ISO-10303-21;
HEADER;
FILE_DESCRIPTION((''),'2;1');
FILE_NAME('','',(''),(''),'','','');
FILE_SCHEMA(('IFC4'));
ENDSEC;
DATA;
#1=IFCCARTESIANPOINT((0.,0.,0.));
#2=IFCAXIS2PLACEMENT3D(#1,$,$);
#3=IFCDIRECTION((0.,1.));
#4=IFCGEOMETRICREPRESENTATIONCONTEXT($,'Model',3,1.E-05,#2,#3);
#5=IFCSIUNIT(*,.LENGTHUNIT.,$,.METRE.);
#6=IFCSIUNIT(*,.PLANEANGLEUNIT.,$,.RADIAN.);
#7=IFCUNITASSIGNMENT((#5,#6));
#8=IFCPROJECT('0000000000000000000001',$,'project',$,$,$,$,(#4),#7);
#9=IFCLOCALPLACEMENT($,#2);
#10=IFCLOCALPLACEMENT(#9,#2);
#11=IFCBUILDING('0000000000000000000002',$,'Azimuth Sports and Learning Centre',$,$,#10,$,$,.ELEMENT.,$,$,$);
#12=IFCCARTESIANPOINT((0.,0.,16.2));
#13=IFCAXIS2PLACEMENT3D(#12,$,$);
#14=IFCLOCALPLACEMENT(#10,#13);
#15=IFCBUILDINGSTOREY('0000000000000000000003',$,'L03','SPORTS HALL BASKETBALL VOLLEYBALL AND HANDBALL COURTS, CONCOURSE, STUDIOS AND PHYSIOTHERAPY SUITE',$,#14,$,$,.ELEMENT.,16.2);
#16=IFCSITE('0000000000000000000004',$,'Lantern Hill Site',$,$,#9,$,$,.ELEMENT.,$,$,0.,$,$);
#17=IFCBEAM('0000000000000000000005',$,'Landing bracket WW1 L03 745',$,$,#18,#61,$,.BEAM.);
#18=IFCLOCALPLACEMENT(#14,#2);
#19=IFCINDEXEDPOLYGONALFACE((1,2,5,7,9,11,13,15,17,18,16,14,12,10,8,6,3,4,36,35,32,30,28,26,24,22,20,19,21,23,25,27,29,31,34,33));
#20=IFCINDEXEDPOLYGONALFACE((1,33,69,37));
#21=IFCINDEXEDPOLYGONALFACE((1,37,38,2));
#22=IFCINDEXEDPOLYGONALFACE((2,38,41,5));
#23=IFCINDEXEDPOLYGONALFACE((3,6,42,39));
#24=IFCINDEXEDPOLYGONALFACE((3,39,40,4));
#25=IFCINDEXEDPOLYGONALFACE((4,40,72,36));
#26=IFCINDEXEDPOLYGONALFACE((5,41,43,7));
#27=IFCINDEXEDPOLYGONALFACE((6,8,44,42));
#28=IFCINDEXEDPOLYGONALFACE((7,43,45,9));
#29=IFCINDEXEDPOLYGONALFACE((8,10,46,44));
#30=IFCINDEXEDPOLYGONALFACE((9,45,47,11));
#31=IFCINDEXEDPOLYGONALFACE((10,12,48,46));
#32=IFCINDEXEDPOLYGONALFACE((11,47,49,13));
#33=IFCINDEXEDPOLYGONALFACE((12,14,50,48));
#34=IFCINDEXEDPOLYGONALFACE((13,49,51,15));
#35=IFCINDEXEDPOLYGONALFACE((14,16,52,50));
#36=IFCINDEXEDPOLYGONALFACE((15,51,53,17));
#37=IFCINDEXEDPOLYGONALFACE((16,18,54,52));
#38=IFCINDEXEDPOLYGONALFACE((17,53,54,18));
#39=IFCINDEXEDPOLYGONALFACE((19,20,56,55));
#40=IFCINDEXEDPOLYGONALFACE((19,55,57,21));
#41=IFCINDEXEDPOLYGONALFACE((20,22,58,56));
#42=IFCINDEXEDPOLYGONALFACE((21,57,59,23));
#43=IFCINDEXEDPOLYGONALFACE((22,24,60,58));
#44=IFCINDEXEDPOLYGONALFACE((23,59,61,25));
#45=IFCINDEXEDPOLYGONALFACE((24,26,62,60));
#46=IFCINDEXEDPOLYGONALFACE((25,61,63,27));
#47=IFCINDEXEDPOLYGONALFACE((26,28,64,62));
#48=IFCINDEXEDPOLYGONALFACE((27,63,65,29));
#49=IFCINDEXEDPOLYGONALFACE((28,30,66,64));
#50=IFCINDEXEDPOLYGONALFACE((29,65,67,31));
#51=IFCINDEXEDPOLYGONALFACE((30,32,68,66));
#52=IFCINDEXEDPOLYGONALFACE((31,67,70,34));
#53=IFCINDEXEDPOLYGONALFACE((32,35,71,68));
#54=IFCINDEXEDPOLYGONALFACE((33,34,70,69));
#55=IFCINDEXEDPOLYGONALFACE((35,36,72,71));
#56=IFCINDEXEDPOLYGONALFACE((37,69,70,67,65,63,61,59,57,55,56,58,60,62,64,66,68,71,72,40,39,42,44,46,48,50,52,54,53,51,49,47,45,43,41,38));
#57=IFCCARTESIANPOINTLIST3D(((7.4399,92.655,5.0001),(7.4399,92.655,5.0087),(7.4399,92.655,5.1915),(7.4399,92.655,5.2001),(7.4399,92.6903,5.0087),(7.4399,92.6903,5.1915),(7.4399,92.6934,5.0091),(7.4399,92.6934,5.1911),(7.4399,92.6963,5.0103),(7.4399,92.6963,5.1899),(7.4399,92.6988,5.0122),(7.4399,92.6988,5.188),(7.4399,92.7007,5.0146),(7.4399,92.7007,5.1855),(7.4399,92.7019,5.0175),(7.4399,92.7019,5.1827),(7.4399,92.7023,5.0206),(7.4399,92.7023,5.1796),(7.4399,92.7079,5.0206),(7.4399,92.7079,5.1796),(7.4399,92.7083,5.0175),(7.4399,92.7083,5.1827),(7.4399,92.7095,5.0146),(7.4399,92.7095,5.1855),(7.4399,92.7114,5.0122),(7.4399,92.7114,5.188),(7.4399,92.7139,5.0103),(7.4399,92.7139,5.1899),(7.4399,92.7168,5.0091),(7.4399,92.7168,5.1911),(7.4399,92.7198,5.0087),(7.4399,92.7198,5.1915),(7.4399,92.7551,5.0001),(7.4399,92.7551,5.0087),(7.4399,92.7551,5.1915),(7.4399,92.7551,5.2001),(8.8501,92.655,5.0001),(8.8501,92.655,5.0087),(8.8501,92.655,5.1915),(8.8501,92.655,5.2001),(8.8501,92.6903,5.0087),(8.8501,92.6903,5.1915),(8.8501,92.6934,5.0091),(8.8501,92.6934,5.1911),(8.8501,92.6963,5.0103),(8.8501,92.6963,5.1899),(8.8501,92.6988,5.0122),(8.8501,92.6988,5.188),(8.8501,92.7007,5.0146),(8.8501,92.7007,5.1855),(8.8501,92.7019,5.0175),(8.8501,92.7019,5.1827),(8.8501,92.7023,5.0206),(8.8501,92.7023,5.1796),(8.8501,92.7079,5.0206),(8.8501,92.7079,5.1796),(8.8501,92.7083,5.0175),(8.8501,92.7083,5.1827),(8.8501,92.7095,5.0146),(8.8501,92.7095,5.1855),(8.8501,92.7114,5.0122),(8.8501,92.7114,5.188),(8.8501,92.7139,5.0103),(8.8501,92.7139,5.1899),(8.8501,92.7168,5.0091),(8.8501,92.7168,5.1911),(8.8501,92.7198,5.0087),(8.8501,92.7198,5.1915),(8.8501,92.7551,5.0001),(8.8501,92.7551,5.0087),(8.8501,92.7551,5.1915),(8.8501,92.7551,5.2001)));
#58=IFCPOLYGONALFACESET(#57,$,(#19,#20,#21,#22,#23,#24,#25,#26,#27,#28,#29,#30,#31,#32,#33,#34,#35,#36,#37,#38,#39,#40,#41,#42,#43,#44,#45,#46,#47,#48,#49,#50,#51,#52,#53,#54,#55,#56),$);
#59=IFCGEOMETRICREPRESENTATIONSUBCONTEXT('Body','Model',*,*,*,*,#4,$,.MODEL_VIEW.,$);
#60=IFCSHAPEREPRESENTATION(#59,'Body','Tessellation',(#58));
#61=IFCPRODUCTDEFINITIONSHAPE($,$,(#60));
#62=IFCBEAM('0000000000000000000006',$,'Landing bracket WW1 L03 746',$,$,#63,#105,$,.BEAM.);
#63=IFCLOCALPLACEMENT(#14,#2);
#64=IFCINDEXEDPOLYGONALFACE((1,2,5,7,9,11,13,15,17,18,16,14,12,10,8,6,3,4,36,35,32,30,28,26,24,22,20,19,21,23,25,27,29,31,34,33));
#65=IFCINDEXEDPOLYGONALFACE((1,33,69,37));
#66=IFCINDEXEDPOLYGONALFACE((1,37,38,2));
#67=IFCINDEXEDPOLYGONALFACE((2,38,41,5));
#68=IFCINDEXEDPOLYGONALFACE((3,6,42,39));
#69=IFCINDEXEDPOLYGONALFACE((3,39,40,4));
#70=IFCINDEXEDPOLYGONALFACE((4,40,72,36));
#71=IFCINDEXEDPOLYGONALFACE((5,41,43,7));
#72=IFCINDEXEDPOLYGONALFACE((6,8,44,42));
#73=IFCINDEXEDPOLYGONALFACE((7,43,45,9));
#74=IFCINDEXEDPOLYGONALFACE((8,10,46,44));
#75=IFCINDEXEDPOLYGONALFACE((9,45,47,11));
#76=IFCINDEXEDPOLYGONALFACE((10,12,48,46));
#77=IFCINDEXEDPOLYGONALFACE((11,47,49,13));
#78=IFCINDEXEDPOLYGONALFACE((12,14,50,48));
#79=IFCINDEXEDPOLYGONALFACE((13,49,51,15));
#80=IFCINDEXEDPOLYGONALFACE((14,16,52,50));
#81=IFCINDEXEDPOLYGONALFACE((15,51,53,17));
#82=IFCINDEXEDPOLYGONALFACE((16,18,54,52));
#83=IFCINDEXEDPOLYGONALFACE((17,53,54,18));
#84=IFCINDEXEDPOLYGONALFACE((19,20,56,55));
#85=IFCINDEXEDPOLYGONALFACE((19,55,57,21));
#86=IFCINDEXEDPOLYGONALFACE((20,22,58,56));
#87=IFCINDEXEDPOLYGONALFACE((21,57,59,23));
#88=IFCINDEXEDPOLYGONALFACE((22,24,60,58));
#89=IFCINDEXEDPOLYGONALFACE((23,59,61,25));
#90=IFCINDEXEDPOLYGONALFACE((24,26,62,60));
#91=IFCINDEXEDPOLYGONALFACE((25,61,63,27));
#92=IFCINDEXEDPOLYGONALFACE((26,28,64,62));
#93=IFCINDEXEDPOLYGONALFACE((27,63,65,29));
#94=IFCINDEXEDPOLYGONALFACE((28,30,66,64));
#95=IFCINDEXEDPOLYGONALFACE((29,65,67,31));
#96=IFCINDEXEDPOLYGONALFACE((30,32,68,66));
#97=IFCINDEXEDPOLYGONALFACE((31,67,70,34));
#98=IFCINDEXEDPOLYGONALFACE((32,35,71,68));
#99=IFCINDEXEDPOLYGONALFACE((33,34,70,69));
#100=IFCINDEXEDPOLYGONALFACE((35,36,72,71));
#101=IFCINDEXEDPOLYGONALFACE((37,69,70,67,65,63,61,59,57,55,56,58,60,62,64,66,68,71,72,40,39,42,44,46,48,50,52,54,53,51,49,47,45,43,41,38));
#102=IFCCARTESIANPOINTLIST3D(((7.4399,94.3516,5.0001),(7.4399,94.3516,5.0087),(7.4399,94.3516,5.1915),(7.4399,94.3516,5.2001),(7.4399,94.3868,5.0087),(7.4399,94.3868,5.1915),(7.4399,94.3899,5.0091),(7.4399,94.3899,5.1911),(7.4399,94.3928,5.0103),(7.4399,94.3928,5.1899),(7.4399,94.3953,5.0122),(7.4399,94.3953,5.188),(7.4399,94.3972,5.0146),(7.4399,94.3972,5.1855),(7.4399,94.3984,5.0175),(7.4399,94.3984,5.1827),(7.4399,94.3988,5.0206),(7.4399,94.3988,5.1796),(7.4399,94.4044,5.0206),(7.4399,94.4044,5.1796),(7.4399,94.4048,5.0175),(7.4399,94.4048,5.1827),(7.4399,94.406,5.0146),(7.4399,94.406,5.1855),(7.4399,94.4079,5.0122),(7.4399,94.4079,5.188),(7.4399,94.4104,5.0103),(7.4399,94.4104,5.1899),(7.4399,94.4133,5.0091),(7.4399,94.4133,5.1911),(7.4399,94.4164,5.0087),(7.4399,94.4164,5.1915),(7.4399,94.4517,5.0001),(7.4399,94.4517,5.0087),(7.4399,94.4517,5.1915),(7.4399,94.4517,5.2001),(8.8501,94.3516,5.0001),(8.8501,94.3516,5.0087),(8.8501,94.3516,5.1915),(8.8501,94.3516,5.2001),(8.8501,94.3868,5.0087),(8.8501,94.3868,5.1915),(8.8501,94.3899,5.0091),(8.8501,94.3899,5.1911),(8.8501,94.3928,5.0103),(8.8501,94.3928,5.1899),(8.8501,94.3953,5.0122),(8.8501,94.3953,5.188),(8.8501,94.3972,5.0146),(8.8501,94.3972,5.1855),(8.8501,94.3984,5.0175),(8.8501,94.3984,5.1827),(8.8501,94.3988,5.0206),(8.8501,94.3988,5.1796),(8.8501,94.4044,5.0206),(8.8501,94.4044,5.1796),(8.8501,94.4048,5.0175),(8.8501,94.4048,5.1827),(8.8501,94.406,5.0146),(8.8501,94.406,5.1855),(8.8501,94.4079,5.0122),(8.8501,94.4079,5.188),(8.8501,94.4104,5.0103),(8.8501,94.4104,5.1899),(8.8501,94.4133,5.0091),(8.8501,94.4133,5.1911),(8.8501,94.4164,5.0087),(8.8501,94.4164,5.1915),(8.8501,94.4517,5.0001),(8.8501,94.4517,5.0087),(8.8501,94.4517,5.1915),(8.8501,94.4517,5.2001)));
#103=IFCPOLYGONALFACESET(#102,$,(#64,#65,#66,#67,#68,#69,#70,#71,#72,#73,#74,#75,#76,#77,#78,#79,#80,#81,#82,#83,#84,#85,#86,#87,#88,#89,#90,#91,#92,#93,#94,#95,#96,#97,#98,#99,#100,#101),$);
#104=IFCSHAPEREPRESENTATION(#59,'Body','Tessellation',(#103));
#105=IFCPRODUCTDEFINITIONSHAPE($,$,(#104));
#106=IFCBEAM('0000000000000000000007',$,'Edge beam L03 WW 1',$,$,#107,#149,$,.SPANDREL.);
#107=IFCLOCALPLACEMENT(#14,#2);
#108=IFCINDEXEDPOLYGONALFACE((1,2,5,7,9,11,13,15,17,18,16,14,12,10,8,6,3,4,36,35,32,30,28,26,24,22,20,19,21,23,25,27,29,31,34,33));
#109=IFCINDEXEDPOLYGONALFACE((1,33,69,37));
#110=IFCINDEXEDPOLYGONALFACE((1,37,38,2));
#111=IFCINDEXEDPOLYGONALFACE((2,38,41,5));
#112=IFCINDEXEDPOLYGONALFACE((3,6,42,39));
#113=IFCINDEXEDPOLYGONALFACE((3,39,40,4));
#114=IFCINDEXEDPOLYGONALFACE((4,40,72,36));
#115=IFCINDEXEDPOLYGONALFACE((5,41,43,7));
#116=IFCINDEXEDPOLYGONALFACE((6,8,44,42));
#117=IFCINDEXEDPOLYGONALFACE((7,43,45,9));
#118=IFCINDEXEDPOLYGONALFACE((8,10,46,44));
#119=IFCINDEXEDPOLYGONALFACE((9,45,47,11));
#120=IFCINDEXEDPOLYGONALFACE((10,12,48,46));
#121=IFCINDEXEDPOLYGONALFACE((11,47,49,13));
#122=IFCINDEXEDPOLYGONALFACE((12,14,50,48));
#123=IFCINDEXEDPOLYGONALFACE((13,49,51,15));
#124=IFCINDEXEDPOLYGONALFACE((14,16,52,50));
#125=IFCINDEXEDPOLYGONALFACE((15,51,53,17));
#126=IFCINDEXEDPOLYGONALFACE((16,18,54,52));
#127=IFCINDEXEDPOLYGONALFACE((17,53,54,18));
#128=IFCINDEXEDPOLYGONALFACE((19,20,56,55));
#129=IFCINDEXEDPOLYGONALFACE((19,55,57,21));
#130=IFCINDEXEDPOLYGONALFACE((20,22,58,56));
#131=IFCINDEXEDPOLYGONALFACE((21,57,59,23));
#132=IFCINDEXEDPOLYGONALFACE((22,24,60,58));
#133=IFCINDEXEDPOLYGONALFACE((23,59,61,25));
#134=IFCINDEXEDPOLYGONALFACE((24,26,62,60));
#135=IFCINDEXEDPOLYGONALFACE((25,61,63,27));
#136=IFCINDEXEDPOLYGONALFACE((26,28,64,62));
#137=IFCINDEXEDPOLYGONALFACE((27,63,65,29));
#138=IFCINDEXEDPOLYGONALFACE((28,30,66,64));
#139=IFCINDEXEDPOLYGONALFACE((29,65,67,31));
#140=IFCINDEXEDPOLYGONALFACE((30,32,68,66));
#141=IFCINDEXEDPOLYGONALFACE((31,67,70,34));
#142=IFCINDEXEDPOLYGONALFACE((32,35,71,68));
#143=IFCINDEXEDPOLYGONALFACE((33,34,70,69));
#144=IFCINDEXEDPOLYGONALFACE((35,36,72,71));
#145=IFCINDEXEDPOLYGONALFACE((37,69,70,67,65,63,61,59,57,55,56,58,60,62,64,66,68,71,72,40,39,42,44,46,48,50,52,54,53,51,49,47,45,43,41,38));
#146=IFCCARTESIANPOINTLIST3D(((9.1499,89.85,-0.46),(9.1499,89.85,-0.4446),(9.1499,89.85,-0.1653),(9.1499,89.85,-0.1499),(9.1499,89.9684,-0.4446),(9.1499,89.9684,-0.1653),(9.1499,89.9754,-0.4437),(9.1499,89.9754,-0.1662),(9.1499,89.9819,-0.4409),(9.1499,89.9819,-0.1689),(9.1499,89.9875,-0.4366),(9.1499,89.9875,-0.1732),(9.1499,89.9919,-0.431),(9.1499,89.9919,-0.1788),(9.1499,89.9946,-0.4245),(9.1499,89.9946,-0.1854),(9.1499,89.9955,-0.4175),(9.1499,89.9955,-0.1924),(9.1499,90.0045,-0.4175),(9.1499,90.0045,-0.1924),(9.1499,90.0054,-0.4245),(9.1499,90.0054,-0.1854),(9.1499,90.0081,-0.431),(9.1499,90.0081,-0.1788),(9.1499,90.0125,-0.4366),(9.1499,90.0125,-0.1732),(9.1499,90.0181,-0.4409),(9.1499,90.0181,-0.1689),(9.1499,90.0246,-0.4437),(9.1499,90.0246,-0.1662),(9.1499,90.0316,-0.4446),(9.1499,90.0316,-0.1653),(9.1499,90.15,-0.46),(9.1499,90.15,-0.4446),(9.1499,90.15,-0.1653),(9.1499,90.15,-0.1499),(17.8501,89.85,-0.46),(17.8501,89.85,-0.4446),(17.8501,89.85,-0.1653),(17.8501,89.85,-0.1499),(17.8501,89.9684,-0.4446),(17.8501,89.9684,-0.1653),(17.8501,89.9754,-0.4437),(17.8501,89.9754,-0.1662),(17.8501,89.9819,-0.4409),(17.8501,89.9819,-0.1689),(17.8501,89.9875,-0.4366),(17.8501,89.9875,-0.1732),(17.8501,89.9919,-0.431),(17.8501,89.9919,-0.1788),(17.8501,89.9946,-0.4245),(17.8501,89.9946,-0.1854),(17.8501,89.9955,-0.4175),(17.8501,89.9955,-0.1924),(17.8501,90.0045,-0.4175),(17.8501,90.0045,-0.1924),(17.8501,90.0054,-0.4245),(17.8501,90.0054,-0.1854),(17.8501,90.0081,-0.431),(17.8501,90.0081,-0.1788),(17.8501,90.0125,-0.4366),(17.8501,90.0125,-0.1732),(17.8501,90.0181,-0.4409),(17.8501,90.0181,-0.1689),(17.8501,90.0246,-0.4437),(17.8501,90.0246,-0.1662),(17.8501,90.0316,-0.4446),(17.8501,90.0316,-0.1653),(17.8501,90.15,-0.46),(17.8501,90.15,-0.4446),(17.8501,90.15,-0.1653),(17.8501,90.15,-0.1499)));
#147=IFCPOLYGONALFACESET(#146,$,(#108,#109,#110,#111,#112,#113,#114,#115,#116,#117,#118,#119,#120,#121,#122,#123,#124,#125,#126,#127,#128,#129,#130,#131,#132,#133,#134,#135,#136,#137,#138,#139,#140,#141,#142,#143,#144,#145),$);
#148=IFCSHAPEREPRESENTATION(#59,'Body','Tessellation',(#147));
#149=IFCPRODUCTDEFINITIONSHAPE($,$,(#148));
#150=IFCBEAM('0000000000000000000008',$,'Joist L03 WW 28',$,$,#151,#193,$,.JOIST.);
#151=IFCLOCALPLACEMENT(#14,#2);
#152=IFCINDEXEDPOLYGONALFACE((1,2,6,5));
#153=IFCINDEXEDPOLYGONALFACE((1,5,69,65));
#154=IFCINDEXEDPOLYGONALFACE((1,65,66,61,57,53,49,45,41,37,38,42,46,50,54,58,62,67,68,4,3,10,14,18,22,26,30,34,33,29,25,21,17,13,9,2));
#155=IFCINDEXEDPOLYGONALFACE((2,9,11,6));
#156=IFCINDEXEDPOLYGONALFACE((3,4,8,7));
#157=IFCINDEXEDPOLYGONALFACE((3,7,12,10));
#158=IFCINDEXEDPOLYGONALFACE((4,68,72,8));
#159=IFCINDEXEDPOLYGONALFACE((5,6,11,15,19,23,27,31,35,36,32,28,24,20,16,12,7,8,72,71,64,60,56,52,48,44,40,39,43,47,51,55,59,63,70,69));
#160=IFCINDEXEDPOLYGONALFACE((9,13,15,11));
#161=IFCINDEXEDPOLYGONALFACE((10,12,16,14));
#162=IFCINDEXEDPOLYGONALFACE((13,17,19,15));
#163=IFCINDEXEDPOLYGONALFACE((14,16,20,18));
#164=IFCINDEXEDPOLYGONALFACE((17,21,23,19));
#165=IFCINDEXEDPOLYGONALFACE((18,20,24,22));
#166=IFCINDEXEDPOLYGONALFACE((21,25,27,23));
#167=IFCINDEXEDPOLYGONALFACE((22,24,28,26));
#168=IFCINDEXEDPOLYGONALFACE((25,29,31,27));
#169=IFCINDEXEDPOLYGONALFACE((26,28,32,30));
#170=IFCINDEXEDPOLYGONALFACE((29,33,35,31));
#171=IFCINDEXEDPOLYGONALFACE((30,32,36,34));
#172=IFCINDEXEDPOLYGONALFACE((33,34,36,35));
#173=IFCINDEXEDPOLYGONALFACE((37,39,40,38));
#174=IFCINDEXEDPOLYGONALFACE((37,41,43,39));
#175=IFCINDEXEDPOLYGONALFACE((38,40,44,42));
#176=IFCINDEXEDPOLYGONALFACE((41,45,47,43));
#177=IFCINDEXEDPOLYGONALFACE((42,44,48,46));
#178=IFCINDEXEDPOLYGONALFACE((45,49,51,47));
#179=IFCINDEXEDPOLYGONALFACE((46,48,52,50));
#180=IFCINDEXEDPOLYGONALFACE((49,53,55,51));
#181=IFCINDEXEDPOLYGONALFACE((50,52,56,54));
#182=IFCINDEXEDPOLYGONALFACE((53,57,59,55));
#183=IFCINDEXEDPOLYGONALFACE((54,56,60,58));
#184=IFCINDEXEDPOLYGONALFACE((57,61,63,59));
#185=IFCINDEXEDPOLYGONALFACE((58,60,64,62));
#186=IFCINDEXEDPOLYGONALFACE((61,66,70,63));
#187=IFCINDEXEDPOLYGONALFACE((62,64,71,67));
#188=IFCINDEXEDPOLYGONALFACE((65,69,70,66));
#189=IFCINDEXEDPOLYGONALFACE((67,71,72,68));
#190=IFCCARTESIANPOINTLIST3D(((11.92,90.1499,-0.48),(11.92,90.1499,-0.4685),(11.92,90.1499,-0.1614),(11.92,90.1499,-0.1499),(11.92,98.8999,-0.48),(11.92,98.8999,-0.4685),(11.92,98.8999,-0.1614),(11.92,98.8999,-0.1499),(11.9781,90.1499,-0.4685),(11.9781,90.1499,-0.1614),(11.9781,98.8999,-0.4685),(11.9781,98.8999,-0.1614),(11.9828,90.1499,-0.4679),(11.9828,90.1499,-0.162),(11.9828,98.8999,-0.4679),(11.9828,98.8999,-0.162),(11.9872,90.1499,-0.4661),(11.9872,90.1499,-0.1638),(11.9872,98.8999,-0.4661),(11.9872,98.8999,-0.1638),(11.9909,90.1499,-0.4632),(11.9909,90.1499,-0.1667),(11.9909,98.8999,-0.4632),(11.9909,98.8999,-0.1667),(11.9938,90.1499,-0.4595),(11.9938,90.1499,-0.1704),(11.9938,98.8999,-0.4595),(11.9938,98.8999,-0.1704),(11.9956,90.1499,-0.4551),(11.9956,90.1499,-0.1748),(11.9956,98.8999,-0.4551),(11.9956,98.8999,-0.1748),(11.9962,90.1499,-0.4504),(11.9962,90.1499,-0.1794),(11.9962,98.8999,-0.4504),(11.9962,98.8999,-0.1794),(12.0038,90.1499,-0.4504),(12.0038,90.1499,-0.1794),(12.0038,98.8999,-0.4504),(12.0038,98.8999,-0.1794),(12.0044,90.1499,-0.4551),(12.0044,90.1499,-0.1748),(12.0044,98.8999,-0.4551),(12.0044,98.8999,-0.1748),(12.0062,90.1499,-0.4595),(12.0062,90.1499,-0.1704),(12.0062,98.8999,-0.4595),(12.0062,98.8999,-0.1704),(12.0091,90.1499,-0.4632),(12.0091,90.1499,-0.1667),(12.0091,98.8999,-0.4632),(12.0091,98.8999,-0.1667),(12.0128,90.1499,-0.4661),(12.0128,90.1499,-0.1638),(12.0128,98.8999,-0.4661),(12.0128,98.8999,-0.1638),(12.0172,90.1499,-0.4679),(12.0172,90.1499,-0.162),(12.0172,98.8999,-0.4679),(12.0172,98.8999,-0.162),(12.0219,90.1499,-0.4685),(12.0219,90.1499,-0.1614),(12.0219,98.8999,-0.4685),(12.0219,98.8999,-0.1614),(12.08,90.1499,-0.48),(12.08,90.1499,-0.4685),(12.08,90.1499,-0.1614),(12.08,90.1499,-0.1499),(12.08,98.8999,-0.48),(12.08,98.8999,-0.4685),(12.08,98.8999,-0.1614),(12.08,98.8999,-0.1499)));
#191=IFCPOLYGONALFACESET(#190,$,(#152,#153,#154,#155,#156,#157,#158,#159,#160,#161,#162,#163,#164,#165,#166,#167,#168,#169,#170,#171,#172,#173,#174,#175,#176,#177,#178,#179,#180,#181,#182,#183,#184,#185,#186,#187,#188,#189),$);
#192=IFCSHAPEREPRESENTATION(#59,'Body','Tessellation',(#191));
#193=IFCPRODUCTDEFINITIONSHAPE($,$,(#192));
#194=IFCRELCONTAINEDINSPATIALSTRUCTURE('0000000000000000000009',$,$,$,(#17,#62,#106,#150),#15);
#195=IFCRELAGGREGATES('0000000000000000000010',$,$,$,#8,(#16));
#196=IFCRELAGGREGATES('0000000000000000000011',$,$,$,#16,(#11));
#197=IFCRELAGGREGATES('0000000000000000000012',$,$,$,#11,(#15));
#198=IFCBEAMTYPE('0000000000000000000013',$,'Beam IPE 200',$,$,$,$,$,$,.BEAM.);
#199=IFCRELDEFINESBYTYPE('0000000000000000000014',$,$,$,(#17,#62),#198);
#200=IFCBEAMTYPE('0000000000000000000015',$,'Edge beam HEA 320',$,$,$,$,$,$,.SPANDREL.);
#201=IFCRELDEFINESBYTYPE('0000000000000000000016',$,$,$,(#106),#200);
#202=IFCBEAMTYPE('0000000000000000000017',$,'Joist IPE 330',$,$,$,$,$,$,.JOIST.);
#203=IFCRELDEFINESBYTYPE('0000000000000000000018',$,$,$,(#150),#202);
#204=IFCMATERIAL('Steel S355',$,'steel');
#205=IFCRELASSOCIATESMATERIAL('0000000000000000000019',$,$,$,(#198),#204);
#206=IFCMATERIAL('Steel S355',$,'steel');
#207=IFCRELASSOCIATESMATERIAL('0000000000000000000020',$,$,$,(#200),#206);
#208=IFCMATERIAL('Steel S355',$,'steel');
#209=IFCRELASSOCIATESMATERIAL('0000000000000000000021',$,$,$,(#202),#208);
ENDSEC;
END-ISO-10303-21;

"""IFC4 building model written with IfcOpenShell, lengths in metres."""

from ifc_helpers import new_model, si_unit, direction, frame, origin, origin_2d, place, context, subcontext, project, spatial, i_section, extrude, material, material_profile, profile_set, type_object, element, save


model = new_model("IFC4")

# Units and contexts
model_context = context("Model", 3, precision=1e-05, world=origin(), true_north=direction((0.0, 1.0)))
body_context = subcontext(model_context, "Body", "Model", "MODEL_VIEW")
ifc_project = project(units=[si_unit("LENGTHUNIT", "METRE"), si_unit("PLANEANGLEUNIT", "RADIAN")], contexts=[model_context])

# Site, building, storey
site_placement = place(None, origin())
site = spatial("IfcSite", under=ifc_project, at=site_placement, Name="Lantern Hill Site", CompositionType="ELEMENT", RefElevation=0.0)
building_placement = place(site_placement, origin())
building = spatial("IfcBuilding", under=site, at=building_placement, Name="Azimuth Sports and Learning Centre", CompositionType="ELEMENT")
storey_placement = place(building_placement, frame((0.0, 0.0, 16.2)))
storey = spatial("IfcBuildingStorey", under=building, at=storey_placement, Name="L03", Description="SPORTS HALL BASKETBALL VOLLEYBALL AND HANDBALL COURTS, CONCOURSE, STUDIOS AND PHYSIOTHERAPY SUITE", CompositionType="ELEMENT", Elevation=16.2)

# Beams
ifc_material_1 = material(Name="Steel S355", Category="steel")
ifc_material_profile_1 = material_profile(ifc_material_1, i_section(OverallWidth=0.1001, OverallDepth=0.2, WebThickness=0.0056, FlangeThickness=0.0085, FilletRadius=0.012, at=origin_2d()), Name="IPE 200")
ifc_profile_set_1 = profile_set([ifc_material_profile_1], Name="Steel S355")
beam_type_1 = type_object("IfcBeamType", Name="Beam IPE 200", PredefinedType="BEAM", material=ifc_profile_set_1)
for number, where, z_axis, x_axis, name in (
    (1, (8.8501, 92.7051, 5.1001), (-1.0, 0.0, 0.0), (0.0, -1.0, 0.0), "Landing bracket WW1 L03 745"),
    (2, (8.8501, 94.4016, 5.1001), (-1.0, 0.0, 0.0), (0.0, -1.0, 0.0), "Landing bracket WW1 L03 746"),
):
    element("IfcBeam", number, at=place(storey_placement, frame(where, z_axis=z_axis, x_axis=x_axis)), inside=storey, type_object=beam_type_1, Name=name, PredefinedType="BEAM", context=body_context, shape_type="SweptSolid", body=[
        extrude(i_section(OverallWidth=0.1001, OverallDepth=0.2, WebThickness=0.0056, FlangeThickness=0.0085, FilletRadius=0.012, at=origin_2d()), origin(), (0.0, 0.0, 1.0), 1.4102),
    ])
ifc_material_2 = material(Name="Steel S355", Category="steel")
ifc_material_profile_2 = material_profile(ifc_material_2, i_section(OverallWidth=0.3, OverallDepth=0.3101, WebThickness=0.009, FlangeThickness=0.0154, FilletRadius=0.0271, at=origin_2d()), Name="HEA 320")
ifc_profile_set_2 = profile_set([ifc_material_profile_2], Name="Steel S355")
beam_type_2 = type_object("IfcBeamType", Name="Edge beam HEA 320", PredefinedType="SPANDREL", material=ifc_profile_set_2)
beam_placement = place(storey_placement, frame((9.1499, 90.0, -0.3049), z_axis=(1.0, 0.0, 0.0), x_axis=(0.0, 1.0, 0.0)))
element("IfcBeam", 3, at=beam_placement, inside=storey, type_object=beam_type_2, Name="Edge beam L03 WW 1", PredefinedType="SPANDREL", context=body_context, shape_type="SweptSolid", body=[
    extrude(i_section(OverallWidth=0.3, OverallDepth=0.3101, WebThickness=0.009, FlangeThickness=0.0154, FilletRadius=0.0271, at=origin_2d()), origin(), (0.0, 0.0, 1.0), 8.7002),
])
ifc_material_3 = material(Name="Steel S355", Category="steel")
ifc_material_profile_3 = material_profile(ifc_material_3, i_section(OverallWidth=0.1599, OverallDepth=0.3301, WebThickness=0.0076, FlangeThickness=0.0115, FilletRadius=0.0181, at=origin_2d()), Name="IPE 330")
ifc_profile_set_3 = profile_set([ifc_material_profile_3], Name="Steel S355")
beam_type_3 = type_object("IfcBeamType", Name="Joist IPE 330", PredefinedType="JOIST", material=ifc_profile_set_3)
for number, where, z_axis, x_axis, name in (
    (4, (12.0, 90.1499, -0.3149), (0.0, 1.0, 0.0), (-1.0, 0.0, 0.0), "Joist L03 WW 28"),
):
    element("IfcBeam", number, at=place(storey_placement, frame(where, z_axis=z_axis, x_axis=x_axis)), inside=storey, type_object=beam_type_3, Name=name, PredefinedType="JOIST", context=body_context, shape_type="SweptSolid", body=[
        extrude(i_section(OverallWidth=0.1599, OverallDepth=0.3301, WebThickness=0.0076, FlangeThickness=0.0115, FilletRadius=0.0181, at=origin_2d()), origin(), (0.0, 0.0, 1.0), 8.75),
    ])

save(model, "model.ifc")
